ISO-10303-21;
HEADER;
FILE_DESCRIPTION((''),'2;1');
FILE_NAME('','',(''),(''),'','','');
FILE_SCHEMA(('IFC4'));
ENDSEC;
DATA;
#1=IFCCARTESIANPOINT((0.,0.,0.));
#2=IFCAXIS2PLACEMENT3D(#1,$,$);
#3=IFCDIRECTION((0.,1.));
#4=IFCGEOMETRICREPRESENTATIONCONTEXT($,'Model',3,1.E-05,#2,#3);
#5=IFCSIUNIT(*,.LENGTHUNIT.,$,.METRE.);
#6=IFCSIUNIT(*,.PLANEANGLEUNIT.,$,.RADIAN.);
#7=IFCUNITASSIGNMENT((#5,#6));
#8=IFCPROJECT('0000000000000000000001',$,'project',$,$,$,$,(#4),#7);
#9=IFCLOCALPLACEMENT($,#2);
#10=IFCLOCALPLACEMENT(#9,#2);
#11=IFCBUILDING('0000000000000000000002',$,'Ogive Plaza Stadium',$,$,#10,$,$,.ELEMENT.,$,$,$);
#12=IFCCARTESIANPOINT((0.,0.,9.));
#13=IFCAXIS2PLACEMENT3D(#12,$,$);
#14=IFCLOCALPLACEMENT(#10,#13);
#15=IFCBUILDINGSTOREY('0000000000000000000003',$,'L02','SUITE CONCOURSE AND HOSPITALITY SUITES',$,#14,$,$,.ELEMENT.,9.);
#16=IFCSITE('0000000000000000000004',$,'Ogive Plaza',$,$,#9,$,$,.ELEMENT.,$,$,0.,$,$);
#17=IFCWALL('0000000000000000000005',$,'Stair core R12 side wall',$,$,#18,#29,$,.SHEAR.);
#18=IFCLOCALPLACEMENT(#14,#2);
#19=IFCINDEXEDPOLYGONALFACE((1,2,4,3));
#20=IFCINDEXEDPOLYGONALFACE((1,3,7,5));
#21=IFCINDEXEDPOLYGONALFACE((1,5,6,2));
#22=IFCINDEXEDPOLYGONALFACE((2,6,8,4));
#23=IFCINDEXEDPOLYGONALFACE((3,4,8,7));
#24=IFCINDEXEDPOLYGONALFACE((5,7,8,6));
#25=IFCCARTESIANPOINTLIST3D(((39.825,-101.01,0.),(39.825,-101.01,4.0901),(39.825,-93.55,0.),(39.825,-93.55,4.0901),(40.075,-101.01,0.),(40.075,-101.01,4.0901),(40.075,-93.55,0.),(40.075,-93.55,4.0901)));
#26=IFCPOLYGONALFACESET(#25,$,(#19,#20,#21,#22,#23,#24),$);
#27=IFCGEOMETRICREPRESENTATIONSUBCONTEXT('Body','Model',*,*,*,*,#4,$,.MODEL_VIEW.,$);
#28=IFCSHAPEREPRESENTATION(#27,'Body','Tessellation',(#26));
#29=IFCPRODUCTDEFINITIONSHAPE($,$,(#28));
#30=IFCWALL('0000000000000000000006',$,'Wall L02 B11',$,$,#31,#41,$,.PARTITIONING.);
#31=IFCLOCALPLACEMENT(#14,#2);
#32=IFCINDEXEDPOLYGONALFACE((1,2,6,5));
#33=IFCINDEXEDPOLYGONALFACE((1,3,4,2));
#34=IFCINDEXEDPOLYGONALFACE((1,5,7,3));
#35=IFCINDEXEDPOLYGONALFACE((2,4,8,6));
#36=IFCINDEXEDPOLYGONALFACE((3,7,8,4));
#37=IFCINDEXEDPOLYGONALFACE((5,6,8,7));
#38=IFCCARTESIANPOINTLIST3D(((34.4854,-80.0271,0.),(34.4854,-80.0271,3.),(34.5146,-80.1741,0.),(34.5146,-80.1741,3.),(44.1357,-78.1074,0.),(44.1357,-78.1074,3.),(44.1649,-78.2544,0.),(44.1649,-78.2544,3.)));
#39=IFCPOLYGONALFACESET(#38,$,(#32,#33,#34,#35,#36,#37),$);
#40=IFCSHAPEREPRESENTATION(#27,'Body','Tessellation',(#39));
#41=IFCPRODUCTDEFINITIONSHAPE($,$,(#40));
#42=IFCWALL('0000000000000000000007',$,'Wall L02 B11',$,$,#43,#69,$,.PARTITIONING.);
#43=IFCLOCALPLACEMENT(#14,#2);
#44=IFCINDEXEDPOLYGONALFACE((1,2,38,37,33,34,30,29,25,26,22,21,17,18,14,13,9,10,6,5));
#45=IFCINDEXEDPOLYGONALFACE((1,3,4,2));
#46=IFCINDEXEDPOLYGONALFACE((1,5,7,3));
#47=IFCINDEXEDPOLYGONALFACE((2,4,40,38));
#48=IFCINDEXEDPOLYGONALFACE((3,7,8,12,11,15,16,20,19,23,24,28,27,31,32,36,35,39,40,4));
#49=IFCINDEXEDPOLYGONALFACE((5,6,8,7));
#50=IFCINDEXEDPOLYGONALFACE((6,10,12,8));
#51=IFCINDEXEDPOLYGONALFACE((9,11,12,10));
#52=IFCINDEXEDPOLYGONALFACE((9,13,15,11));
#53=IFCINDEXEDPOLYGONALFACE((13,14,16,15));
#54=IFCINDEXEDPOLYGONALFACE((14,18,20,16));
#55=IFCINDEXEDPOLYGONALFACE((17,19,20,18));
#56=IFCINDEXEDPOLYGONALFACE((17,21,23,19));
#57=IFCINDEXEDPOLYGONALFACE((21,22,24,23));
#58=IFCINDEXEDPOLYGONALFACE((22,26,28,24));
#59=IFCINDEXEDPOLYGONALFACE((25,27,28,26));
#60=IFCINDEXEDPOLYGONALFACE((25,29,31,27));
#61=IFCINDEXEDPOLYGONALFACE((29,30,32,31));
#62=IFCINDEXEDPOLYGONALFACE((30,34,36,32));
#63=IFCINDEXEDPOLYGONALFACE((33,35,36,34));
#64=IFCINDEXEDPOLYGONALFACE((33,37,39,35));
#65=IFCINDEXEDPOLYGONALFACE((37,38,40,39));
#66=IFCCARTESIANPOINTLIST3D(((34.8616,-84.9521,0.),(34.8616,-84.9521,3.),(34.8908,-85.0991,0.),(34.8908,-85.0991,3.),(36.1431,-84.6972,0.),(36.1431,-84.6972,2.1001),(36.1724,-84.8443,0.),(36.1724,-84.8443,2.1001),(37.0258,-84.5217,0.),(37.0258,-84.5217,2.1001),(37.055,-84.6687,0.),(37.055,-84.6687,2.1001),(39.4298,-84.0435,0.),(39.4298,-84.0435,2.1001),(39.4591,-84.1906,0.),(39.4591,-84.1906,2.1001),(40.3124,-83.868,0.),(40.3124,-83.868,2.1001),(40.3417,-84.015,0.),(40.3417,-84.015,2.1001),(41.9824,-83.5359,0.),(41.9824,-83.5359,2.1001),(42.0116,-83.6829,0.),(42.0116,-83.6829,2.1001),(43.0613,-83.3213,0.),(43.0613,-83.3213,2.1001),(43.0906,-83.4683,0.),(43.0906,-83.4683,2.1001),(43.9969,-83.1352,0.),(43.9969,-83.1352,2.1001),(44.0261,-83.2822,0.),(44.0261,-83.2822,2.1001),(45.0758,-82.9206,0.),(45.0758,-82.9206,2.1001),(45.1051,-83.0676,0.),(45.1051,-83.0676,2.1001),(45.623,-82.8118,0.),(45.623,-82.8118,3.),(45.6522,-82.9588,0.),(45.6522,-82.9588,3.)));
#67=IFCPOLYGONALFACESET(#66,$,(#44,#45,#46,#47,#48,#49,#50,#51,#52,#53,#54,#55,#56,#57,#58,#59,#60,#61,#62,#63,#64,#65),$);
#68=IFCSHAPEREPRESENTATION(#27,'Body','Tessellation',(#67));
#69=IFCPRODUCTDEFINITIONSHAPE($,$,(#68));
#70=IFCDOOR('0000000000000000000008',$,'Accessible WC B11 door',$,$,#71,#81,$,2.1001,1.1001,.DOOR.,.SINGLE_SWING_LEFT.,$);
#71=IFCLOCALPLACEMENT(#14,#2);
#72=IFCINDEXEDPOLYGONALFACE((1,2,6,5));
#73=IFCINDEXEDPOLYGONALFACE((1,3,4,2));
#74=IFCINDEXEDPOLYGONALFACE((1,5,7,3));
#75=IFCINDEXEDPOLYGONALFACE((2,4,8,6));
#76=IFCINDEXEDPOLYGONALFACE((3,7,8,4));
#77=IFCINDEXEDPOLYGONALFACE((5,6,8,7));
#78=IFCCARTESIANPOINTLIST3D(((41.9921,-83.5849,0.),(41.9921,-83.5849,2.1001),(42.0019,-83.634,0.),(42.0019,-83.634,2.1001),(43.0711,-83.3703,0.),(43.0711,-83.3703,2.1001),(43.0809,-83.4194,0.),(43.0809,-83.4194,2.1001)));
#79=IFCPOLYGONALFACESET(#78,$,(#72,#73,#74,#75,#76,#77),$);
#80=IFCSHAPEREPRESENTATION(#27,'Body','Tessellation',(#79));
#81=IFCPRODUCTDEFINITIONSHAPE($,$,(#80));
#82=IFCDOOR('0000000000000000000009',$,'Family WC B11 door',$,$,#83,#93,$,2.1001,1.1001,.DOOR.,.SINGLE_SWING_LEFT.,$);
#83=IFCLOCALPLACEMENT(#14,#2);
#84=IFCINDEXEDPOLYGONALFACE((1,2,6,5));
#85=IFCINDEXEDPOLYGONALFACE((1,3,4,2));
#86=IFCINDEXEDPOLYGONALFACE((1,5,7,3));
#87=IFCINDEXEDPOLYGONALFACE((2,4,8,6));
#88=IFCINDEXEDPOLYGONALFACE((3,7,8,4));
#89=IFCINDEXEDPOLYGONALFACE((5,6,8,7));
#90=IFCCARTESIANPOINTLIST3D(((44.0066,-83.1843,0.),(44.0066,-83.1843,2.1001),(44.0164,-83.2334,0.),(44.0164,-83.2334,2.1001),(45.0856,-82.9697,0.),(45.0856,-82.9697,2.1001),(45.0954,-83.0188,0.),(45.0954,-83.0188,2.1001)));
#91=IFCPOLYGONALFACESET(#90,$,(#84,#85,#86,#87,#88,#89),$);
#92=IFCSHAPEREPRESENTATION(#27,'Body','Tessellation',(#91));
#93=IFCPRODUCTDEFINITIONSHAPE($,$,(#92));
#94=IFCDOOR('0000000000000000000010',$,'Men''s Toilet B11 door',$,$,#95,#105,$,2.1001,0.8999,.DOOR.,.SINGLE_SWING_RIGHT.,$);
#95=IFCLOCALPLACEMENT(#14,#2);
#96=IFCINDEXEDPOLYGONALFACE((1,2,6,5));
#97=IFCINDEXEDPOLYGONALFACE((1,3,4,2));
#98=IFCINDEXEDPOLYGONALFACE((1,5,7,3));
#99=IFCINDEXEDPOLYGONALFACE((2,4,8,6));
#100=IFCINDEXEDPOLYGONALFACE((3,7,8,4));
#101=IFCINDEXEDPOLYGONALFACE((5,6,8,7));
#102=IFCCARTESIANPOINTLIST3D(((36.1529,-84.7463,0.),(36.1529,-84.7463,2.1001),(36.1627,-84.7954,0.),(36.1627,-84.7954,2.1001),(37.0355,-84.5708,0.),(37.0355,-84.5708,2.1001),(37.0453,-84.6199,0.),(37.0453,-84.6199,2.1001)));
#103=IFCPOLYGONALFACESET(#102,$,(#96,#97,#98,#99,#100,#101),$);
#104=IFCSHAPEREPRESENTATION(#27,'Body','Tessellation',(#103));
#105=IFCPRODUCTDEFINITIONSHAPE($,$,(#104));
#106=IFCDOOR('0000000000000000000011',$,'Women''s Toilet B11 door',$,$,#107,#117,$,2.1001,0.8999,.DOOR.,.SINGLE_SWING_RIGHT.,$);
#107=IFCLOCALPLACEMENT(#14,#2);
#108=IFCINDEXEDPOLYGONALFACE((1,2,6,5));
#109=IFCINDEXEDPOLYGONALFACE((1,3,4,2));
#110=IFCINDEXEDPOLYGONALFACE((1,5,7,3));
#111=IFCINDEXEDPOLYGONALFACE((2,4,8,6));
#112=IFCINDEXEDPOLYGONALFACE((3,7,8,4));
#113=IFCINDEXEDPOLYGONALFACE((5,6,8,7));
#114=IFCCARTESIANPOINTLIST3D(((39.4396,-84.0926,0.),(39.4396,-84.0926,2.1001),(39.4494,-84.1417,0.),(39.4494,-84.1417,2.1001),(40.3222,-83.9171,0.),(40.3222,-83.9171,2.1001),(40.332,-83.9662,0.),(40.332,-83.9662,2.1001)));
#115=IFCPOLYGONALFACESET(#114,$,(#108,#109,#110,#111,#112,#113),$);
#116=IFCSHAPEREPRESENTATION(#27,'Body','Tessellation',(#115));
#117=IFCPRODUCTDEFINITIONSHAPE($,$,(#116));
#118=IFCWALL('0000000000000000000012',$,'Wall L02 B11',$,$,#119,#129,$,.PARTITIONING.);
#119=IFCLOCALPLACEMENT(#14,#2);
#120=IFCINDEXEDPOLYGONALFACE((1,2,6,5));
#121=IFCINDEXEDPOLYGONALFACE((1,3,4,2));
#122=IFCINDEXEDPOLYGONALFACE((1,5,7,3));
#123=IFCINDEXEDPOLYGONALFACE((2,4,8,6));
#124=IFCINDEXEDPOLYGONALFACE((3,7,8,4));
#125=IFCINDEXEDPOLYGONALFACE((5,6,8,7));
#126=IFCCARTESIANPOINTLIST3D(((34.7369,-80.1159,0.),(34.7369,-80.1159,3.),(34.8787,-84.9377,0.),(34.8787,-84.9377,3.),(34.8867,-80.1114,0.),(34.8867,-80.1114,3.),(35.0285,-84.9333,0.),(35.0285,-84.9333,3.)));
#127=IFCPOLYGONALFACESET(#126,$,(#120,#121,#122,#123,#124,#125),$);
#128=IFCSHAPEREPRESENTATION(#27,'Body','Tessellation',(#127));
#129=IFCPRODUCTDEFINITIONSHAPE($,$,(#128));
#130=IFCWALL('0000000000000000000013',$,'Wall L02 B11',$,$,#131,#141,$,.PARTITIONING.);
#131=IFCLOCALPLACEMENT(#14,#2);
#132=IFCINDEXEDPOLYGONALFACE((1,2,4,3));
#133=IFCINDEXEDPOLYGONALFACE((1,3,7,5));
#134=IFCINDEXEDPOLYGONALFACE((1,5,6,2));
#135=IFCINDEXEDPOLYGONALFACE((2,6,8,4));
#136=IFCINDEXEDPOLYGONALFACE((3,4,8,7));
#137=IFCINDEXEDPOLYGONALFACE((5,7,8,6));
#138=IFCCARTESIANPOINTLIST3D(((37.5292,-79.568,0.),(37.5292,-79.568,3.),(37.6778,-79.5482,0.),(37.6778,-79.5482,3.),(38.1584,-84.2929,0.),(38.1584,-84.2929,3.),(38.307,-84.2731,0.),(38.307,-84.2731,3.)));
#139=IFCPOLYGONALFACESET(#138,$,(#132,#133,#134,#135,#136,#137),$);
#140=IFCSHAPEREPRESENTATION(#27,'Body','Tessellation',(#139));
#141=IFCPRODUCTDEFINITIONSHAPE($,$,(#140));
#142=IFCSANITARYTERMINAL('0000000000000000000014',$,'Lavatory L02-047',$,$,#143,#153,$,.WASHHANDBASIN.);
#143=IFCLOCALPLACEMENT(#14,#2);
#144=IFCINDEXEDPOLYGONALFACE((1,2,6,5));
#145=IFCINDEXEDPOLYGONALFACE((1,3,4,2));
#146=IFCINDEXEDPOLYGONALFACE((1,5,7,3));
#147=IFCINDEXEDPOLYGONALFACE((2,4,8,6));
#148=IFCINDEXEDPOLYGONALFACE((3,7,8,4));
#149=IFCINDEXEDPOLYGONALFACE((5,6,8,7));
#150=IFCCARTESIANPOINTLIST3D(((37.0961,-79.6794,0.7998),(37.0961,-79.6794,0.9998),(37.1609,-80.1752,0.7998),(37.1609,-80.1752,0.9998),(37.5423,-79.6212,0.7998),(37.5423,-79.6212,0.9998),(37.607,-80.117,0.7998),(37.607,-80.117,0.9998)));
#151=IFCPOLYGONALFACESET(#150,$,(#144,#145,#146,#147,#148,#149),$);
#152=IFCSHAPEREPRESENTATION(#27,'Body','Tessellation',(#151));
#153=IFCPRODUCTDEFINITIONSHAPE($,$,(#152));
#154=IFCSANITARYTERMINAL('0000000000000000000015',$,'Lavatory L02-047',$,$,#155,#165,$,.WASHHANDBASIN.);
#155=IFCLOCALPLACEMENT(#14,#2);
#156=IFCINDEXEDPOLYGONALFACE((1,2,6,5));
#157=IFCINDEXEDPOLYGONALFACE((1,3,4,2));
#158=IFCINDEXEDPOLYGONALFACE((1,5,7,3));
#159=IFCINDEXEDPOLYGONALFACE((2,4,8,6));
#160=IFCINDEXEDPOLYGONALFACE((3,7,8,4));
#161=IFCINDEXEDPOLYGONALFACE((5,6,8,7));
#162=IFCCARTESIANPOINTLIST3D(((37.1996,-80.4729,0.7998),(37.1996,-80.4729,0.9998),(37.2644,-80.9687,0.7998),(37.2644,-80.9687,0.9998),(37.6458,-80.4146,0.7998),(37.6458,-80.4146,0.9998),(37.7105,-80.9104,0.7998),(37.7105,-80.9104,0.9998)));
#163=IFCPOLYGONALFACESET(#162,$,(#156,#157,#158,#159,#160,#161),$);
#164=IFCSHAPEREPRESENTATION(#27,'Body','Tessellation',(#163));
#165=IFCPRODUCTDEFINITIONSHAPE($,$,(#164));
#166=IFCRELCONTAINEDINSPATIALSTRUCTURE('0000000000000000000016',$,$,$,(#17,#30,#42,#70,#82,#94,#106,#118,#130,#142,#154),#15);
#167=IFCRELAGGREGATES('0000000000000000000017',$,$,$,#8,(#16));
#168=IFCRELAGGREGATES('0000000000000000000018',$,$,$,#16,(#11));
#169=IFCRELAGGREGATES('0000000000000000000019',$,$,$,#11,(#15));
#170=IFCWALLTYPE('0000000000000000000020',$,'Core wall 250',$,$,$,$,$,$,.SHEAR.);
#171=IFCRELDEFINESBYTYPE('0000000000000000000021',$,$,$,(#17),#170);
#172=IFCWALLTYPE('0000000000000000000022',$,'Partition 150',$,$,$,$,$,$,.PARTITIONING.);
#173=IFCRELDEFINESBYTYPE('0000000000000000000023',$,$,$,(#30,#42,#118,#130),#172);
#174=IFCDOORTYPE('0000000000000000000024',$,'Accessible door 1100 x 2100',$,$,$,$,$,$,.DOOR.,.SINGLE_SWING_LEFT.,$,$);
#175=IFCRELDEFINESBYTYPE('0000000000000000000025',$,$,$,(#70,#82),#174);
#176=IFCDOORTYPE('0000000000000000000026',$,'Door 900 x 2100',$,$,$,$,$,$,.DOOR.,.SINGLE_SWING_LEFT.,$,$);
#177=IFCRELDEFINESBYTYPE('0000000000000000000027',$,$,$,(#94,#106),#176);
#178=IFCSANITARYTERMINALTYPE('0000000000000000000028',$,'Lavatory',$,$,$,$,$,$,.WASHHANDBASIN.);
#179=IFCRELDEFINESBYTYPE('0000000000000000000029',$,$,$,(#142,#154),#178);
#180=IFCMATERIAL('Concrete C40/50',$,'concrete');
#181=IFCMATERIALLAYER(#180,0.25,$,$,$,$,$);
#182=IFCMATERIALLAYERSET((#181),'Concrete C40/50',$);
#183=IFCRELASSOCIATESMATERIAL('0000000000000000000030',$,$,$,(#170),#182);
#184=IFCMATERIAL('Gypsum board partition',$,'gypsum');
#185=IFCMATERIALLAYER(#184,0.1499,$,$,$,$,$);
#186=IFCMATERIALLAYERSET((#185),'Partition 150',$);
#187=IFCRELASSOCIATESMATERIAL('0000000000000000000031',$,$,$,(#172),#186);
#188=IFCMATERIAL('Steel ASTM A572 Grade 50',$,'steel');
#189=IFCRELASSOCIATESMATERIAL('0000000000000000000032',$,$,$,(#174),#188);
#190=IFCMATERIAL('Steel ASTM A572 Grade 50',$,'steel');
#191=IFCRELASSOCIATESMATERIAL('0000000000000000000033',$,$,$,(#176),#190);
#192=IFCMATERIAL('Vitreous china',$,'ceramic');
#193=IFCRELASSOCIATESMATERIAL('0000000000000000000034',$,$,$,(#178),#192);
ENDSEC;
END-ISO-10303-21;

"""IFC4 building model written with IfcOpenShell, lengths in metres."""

from ifc_helpers import new_model, si_unit, direction, frame, frame_2d, origin, origin_2d, place, context, subcontext, project, spatial, rectangle, extrude, material, layer, layer_set, type_object, element, fill, save


model = new_model("IFC4")

# Units and contexts
model_context = context("Model", 3, precision=1e-05, world=origin(), true_north=direction((0.0, 1.0)))
body_context = subcontext(model_context, "Body", "Model", "MODEL_VIEW")
ifc_project = project(units=[si_unit("LENGTHUNIT", "METRE"), si_unit("PLANEANGLEUNIT", "RADIAN")], contexts=[model_context])

# Site, building, storey
site_placement = place(None, origin())
site = spatial("IfcSite", under=ifc_project, at=site_placement, Name="Ogive Plaza", CompositionType="ELEMENT", RefElevation=0.0)
building_placement = place(site_placement, origin())
building = spatial("IfcBuilding", under=site, at=building_placement, Name="Ogive Plaza Stadium", CompositionType="ELEMENT")
storey_placement = place(building_placement, frame((0.0, 0.0, 9.0)))
storey = spatial("IfcBuildingStorey", under=building, at=storey_placement, Name="L02", Description="SUITE CONCOURSE AND HOSPITALITY SUITES", CompositionType="ELEMENT", Elevation=9.0)

# Walls
ifc_material_1 = material(Name="Concrete C40/50", Category="concrete")
ifc_layer_1 = layer(ifc_material_1, 0.25)
ifc_layer_set_1 = layer_set([ifc_layer_1], Name="Concrete C40/50")
wall_type_1 = type_object("IfcWallType", Name="Core wall 250", PredefinedType="SHEAR", material=ifc_layer_set_1)
wall_1_placement = place(storey_placement, frame((39.95, -93.55, 0.0), z_axis=(0.0, 0.0, 1.0), x_axis=(0.0, -1.0, 0.0)))
element("IfcWall", 1, at=wall_1_placement, inside=storey, type_object=wall_type_1, Name="Stair core R12 side wall", PredefinedType="SHEAR", context=body_context, shape_type="SweptSolid", body=[
    extrude(rectangle(XDim=7.46, YDim=0.25, at=frame_2d((3.73, 0.0))), origin(), (0.0, 0.0, 1.0), 4.0901),
])
ifc_material_2 = material(Name="Gypsum board partition", Category="gypsum")
ifc_layer_2 = layer(ifc_material_2, 0.1499)
ifc_layer_set_2 = layer_set([ifc_layer_2], Name="Partition 150")
wall_type_2 = type_object("IfcWallType", Name="Partition 150", PredefinedType="PARTITIONING", material=ifc_layer_set_2)
wall_2_placement = place(storey_placement, frame((34.5, -80.1006, 0.0), z_axis=(0.0, 0.0, 1.0), x_axis=(0.980783, 0.1951, 0.0)))
element("IfcWall", 2, at=wall_2_placement, inside=storey, type_object=wall_type_2, Name="Wall L02 B11", PredefinedType="PARTITIONING", context=body_context, shape_type="SweptSolid", body=[
    extrude(rectangle(XDim=9.8394, YDim=0.1499, at=frame_2d((4.9197, 0.0))), origin(), (0.0, 0.0, 1.0), 3.0),
])

# Wall, openings, doors
wall_3_placement = place(storey_placement, frame((34.8762, -85.0256, 0.0), z_axis=(0.0, 0.0, 1.0), x_axis=(0.980789, 0.195072, 0.0)))
wall_3 = element("IfcWall", 3, at=wall_3_placement, inside=storey, type_object=wall_type_2, Name="Wall L02 B11", PredefinedType="PARTITIONING", context=body_context, shape_type="SweptSolid", body=[
    extrude(rectangle(XDim=10.9722, YDim=0.1499, at=frame_2d((5.4861, 0.0))), origin(), (0.0, 0.0, 1.0), 3.0),
])
opening_1_placement = place(wall_3_placement, frame((1.3066, 0.0, 0.0)))
opening_1 = element("IfcOpeningElement", 4, at=opening_1_placement, cuts=wall_3, PredefinedType="OPENING", context=body_context, shape_type="SweptSolid", body=[
    extrude(rectangle(XDim=0.8999, YDim=2.1001, at=frame_2d((0.45, 1.05))), frame((0.0, 0.075, 0.0), z_axis=(0.0, -1.0, 0.0), x_axis=(1.0, 0.0, 0.0)), (0.0, 0.0, 1.0), 0.1499),
])
opening_2_placement = place(wall_3_placement, frame((4.6577, 0.0, 0.0)))
opening_2 = element("IfcOpeningElement", 5, at=opening_2_placement, cuts=wall_3, PredefinedType="OPENING", context=body_context, shape_type="SweptSolid", body=[
    extrude(rectangle(XDim=0.8999, YDim=2.1001, at=frame_2d((0.45, 1.05))), frame((0.0, 0.075, 0.0), z_axis=(0.0, -1.0, 0.0), x_axis=(1.0, 0.0, 0.0)), (0.0, 0.0, 1.0), 0.1499),
])
opening_3_placement = place(wall_3_placement, frame((7.2603, 0.0, 0.0)))
opening_3 = element("IfcOpeningElement", 6, at=opening_3_placement, cuts=wall_3, PredefinedType="OPENING", context=body_context, shape_type="SweptSolid", body=[
    extrude(rectangle(XDim=1.1001, YDim=2.1001, at=frame_2d((0.55, 1.05))), frame((0.0, 0.075, 0.0), z_axis=(0.0, -1.0, 0.0), x_axis=(1.0, 0.0, 0.0)), (0.0, 0.0, 1.0), 0.1499),
])
opening_4_placement = place(wall_3_placement, frame((9.3142, 0.0, 0.0)))
opening_4 = element("IfcOpeningElement", 7, at=opening_4_placement, cuts=wall_3, PredefinedType="OPENING", context=body_context, shape_type="SweptSolid", body=[
    extrude(rectangle(XDim=1.1001, YDim=2.1001, at=frame_2d((0.55, 1.05))), frame((0.0, 0.075, 0.0), z_axis=(0.0, -1.0, 0.0), x_axis=(1.0, 0.0, 0.0)), (0.0, 0.0, 1.0), 0.1499),
])
ifc_material_3 = material(Name="Steel ASTM A572 Grade 50", Category="steel")
door_type_1 = type_object("IfcDoorType", Name="Accessible door 1100 x 2100", OperationType="SINGLE_SWING_LEFT", PredefinedType="DOOR", material=ifc_material_3)
door_1_placement = place(opening_3_placement, origin())
door_1 = element("IfcDoor", 8, at=door_1_placement, inside=storey, type_object=door_type_1, Name="Accessible WC B11 door", OperationType="SINGLE_SWING_LEFT", OverallHeight=2.1001, OverallWidth=1.1001, PredefinedType="DOOR", context=body_context, shape_type="SweptSolid", body=[
    extrude(rectangle(XDim=1.1001, YDim=2.1001, at=frame_2d((0.55, 1.05))), frame((0.0, 0.0249, 0.0), z_axis=(0.0, -1.0, 0.0), x_axis=(1.0, 0.0, 0.0)), (0.0, 0.0, 1.0), 0.05),
])
fill(opening_3, door_1)
door_2_placement = place(opening_4_placement, origin())
door_2 = element("IfcDoor", 9, at=door_2_placement, inside=storey, type_object=door_type_1, Name="Family WC B11 door", OperationType="SINGLE_SWING_LEFT", OverallHeight=2.1001, OverallWidth=1.1001, PredefinedType="DOOR", context=body_context, shape_type="SweptSolid", body=[
    extrude(rectangle(XDim=1.1001, YDim=2.1001, at=frame_2d((0.55, 1.05))), frame((0.0, 0.0249, 0.0), z_axis=(0.0, -1.0, 0.0), x_axis=(1.0, 0.0, 0.0)), (0.0, 0.0, 1.0), 0.05),
])
fill(opening_4, door_2)
ifc_material_4 = material(Name="Steel ASTM A572 Grade 50", Category="steel")
door_type_2 = type_object("IfcDoorType", Name="Door 900 x 2100", OperationType="SINGLE_SWING_LEFT", PredefinedType="DOOR", material=ifc_material_4)
door_3_placement = place(opening_1_placement, origin())
door_3 = element("IfcDoor", 10, at=door_3_placement, inside=storey, type_object=door_type_2, Name="Men's Toilet B11 door", OperationType="SINGLE_SWING_RIGHT", OverallHeight=2.1001, OverallWidth=0.8999, PredefinedType="DOOR", context=body_context, shape_type="SweptSolid", body=[
    extrude(rectangle(XDim=0.8999, YDim=2.1001, at=frame_2d((0.45, 1.05))), frame((0.0, 0.0249, 0.0), z_axis=(0.0, -1.0, 0.0), x_axis=(1.0, 0.0, 0.0)), (0.0, 0.0, 1.0), 0.05),
])
fill(opening_1, door_3)
door_4_placement = place(opening_2_placement, origin())
door_4 = element("IfcDoor", 11, at=door_4_placement, inside=storey, type_object=door_type_2, Name="Women's Toilet B11 door", OperationType="SINGLE_SWING_RIGHT", OverallHeight=2.1001, OverallWidth=0.8999, PredefinedType="DOOR", context=body_context, shape_type="SweptSolid", body=[
    extrude(rectangle(XDim=0.8999, YDim=2.1001, at=frame_2d((0.45, 1.05))), frame((0.0, 0.0249, 0.0), z_axis=(0.0, -1.0, 0.0), x_axis=(1.0, 0.0, 0.0)), (0.0, 0.0, 1.0), 0.05),
])
fill(opening_2, door_4)

# Walls
wall_4_placement = place(storey_placement, frame((34.8118, -80.1135, 0.0), z_axis=(0.0, 0.0, 1.0), x_axis=(0.029405, -0.999568, 0.0)))
element("IfcWall", 12, at=wall_4_placement, inside=storey, type_object=wall_type_2, Name="Wall L02 B11", PredefinedType="PARTITIONING", context=body_context, shape_type="SweptSolid", body=[
    extrude(rectangle(XDim=4.824, YDim=0.1499, at=frame_2d((2.4121, 0.0))), origin(), (0.0, 0.0, 1.0), 3.0),
])
wall_5_placement = place(storey_placement, frame((37.6035, -79.5581, 0.0), z_axis=(0.0, 0.0, 1.0), x_axis=(0.131993, -0.991251, 0.0)))
element("IfcWall", 13, at=wall_5_placement, inside=storey, type_object=wall_type_2, Name="Wall L02 B11", PredefinedType="PARTITIONING", context=body_context, shape_type="SweptSolid", body=[
    extrude(rectangle(XDim=4.7666, YDim=0.1499, at=frame_2d((2.3833, 0.0))), origin(), (0.0, 0.0, 1.0), 3.0),
])

# Sanitary terminals
ifc_material_5 = material(Name="Vitreous china", Category="ceramic")
sanitary_terminal_type_1 = type_object("IfcSanitaryTerminalType", Name="Lavatory", PredefinedType="WASHHANDBASIN", material=ifc_material_5)
for number, where, z_axis, x_axis, name in (
    (14, (37.3516, -79.8982, 0.7998), (0.0, 0.0, 1.0), (0.12951, -0.991578, 0.0), "Lavatory L02-047"),
    (15, (37.4551, -80.6917, 0.7998), (0.0, 0.0, 1.0), (0.12951, -0.991578, 0.0), "Lavatory L02-047"),
):
    element("IfcSanitaryTerminal", number, at=place(storey_placement, frame(where, z_axis=z_axis, x_axis=x_axis)), inside=storey, type_object=sanitary_terminal_type_1, Name=name, PredefinedType="WASHHANDBASIN", context=body_context, shape_type="SweptSolid", body=[
        extrude(rectangle(XDim=0.5, YDim=0.45, at=origin_2d()), origin(), (0.0, 0.0, 1.0), 0.2),
    ])

save(model, "model.ifc")
